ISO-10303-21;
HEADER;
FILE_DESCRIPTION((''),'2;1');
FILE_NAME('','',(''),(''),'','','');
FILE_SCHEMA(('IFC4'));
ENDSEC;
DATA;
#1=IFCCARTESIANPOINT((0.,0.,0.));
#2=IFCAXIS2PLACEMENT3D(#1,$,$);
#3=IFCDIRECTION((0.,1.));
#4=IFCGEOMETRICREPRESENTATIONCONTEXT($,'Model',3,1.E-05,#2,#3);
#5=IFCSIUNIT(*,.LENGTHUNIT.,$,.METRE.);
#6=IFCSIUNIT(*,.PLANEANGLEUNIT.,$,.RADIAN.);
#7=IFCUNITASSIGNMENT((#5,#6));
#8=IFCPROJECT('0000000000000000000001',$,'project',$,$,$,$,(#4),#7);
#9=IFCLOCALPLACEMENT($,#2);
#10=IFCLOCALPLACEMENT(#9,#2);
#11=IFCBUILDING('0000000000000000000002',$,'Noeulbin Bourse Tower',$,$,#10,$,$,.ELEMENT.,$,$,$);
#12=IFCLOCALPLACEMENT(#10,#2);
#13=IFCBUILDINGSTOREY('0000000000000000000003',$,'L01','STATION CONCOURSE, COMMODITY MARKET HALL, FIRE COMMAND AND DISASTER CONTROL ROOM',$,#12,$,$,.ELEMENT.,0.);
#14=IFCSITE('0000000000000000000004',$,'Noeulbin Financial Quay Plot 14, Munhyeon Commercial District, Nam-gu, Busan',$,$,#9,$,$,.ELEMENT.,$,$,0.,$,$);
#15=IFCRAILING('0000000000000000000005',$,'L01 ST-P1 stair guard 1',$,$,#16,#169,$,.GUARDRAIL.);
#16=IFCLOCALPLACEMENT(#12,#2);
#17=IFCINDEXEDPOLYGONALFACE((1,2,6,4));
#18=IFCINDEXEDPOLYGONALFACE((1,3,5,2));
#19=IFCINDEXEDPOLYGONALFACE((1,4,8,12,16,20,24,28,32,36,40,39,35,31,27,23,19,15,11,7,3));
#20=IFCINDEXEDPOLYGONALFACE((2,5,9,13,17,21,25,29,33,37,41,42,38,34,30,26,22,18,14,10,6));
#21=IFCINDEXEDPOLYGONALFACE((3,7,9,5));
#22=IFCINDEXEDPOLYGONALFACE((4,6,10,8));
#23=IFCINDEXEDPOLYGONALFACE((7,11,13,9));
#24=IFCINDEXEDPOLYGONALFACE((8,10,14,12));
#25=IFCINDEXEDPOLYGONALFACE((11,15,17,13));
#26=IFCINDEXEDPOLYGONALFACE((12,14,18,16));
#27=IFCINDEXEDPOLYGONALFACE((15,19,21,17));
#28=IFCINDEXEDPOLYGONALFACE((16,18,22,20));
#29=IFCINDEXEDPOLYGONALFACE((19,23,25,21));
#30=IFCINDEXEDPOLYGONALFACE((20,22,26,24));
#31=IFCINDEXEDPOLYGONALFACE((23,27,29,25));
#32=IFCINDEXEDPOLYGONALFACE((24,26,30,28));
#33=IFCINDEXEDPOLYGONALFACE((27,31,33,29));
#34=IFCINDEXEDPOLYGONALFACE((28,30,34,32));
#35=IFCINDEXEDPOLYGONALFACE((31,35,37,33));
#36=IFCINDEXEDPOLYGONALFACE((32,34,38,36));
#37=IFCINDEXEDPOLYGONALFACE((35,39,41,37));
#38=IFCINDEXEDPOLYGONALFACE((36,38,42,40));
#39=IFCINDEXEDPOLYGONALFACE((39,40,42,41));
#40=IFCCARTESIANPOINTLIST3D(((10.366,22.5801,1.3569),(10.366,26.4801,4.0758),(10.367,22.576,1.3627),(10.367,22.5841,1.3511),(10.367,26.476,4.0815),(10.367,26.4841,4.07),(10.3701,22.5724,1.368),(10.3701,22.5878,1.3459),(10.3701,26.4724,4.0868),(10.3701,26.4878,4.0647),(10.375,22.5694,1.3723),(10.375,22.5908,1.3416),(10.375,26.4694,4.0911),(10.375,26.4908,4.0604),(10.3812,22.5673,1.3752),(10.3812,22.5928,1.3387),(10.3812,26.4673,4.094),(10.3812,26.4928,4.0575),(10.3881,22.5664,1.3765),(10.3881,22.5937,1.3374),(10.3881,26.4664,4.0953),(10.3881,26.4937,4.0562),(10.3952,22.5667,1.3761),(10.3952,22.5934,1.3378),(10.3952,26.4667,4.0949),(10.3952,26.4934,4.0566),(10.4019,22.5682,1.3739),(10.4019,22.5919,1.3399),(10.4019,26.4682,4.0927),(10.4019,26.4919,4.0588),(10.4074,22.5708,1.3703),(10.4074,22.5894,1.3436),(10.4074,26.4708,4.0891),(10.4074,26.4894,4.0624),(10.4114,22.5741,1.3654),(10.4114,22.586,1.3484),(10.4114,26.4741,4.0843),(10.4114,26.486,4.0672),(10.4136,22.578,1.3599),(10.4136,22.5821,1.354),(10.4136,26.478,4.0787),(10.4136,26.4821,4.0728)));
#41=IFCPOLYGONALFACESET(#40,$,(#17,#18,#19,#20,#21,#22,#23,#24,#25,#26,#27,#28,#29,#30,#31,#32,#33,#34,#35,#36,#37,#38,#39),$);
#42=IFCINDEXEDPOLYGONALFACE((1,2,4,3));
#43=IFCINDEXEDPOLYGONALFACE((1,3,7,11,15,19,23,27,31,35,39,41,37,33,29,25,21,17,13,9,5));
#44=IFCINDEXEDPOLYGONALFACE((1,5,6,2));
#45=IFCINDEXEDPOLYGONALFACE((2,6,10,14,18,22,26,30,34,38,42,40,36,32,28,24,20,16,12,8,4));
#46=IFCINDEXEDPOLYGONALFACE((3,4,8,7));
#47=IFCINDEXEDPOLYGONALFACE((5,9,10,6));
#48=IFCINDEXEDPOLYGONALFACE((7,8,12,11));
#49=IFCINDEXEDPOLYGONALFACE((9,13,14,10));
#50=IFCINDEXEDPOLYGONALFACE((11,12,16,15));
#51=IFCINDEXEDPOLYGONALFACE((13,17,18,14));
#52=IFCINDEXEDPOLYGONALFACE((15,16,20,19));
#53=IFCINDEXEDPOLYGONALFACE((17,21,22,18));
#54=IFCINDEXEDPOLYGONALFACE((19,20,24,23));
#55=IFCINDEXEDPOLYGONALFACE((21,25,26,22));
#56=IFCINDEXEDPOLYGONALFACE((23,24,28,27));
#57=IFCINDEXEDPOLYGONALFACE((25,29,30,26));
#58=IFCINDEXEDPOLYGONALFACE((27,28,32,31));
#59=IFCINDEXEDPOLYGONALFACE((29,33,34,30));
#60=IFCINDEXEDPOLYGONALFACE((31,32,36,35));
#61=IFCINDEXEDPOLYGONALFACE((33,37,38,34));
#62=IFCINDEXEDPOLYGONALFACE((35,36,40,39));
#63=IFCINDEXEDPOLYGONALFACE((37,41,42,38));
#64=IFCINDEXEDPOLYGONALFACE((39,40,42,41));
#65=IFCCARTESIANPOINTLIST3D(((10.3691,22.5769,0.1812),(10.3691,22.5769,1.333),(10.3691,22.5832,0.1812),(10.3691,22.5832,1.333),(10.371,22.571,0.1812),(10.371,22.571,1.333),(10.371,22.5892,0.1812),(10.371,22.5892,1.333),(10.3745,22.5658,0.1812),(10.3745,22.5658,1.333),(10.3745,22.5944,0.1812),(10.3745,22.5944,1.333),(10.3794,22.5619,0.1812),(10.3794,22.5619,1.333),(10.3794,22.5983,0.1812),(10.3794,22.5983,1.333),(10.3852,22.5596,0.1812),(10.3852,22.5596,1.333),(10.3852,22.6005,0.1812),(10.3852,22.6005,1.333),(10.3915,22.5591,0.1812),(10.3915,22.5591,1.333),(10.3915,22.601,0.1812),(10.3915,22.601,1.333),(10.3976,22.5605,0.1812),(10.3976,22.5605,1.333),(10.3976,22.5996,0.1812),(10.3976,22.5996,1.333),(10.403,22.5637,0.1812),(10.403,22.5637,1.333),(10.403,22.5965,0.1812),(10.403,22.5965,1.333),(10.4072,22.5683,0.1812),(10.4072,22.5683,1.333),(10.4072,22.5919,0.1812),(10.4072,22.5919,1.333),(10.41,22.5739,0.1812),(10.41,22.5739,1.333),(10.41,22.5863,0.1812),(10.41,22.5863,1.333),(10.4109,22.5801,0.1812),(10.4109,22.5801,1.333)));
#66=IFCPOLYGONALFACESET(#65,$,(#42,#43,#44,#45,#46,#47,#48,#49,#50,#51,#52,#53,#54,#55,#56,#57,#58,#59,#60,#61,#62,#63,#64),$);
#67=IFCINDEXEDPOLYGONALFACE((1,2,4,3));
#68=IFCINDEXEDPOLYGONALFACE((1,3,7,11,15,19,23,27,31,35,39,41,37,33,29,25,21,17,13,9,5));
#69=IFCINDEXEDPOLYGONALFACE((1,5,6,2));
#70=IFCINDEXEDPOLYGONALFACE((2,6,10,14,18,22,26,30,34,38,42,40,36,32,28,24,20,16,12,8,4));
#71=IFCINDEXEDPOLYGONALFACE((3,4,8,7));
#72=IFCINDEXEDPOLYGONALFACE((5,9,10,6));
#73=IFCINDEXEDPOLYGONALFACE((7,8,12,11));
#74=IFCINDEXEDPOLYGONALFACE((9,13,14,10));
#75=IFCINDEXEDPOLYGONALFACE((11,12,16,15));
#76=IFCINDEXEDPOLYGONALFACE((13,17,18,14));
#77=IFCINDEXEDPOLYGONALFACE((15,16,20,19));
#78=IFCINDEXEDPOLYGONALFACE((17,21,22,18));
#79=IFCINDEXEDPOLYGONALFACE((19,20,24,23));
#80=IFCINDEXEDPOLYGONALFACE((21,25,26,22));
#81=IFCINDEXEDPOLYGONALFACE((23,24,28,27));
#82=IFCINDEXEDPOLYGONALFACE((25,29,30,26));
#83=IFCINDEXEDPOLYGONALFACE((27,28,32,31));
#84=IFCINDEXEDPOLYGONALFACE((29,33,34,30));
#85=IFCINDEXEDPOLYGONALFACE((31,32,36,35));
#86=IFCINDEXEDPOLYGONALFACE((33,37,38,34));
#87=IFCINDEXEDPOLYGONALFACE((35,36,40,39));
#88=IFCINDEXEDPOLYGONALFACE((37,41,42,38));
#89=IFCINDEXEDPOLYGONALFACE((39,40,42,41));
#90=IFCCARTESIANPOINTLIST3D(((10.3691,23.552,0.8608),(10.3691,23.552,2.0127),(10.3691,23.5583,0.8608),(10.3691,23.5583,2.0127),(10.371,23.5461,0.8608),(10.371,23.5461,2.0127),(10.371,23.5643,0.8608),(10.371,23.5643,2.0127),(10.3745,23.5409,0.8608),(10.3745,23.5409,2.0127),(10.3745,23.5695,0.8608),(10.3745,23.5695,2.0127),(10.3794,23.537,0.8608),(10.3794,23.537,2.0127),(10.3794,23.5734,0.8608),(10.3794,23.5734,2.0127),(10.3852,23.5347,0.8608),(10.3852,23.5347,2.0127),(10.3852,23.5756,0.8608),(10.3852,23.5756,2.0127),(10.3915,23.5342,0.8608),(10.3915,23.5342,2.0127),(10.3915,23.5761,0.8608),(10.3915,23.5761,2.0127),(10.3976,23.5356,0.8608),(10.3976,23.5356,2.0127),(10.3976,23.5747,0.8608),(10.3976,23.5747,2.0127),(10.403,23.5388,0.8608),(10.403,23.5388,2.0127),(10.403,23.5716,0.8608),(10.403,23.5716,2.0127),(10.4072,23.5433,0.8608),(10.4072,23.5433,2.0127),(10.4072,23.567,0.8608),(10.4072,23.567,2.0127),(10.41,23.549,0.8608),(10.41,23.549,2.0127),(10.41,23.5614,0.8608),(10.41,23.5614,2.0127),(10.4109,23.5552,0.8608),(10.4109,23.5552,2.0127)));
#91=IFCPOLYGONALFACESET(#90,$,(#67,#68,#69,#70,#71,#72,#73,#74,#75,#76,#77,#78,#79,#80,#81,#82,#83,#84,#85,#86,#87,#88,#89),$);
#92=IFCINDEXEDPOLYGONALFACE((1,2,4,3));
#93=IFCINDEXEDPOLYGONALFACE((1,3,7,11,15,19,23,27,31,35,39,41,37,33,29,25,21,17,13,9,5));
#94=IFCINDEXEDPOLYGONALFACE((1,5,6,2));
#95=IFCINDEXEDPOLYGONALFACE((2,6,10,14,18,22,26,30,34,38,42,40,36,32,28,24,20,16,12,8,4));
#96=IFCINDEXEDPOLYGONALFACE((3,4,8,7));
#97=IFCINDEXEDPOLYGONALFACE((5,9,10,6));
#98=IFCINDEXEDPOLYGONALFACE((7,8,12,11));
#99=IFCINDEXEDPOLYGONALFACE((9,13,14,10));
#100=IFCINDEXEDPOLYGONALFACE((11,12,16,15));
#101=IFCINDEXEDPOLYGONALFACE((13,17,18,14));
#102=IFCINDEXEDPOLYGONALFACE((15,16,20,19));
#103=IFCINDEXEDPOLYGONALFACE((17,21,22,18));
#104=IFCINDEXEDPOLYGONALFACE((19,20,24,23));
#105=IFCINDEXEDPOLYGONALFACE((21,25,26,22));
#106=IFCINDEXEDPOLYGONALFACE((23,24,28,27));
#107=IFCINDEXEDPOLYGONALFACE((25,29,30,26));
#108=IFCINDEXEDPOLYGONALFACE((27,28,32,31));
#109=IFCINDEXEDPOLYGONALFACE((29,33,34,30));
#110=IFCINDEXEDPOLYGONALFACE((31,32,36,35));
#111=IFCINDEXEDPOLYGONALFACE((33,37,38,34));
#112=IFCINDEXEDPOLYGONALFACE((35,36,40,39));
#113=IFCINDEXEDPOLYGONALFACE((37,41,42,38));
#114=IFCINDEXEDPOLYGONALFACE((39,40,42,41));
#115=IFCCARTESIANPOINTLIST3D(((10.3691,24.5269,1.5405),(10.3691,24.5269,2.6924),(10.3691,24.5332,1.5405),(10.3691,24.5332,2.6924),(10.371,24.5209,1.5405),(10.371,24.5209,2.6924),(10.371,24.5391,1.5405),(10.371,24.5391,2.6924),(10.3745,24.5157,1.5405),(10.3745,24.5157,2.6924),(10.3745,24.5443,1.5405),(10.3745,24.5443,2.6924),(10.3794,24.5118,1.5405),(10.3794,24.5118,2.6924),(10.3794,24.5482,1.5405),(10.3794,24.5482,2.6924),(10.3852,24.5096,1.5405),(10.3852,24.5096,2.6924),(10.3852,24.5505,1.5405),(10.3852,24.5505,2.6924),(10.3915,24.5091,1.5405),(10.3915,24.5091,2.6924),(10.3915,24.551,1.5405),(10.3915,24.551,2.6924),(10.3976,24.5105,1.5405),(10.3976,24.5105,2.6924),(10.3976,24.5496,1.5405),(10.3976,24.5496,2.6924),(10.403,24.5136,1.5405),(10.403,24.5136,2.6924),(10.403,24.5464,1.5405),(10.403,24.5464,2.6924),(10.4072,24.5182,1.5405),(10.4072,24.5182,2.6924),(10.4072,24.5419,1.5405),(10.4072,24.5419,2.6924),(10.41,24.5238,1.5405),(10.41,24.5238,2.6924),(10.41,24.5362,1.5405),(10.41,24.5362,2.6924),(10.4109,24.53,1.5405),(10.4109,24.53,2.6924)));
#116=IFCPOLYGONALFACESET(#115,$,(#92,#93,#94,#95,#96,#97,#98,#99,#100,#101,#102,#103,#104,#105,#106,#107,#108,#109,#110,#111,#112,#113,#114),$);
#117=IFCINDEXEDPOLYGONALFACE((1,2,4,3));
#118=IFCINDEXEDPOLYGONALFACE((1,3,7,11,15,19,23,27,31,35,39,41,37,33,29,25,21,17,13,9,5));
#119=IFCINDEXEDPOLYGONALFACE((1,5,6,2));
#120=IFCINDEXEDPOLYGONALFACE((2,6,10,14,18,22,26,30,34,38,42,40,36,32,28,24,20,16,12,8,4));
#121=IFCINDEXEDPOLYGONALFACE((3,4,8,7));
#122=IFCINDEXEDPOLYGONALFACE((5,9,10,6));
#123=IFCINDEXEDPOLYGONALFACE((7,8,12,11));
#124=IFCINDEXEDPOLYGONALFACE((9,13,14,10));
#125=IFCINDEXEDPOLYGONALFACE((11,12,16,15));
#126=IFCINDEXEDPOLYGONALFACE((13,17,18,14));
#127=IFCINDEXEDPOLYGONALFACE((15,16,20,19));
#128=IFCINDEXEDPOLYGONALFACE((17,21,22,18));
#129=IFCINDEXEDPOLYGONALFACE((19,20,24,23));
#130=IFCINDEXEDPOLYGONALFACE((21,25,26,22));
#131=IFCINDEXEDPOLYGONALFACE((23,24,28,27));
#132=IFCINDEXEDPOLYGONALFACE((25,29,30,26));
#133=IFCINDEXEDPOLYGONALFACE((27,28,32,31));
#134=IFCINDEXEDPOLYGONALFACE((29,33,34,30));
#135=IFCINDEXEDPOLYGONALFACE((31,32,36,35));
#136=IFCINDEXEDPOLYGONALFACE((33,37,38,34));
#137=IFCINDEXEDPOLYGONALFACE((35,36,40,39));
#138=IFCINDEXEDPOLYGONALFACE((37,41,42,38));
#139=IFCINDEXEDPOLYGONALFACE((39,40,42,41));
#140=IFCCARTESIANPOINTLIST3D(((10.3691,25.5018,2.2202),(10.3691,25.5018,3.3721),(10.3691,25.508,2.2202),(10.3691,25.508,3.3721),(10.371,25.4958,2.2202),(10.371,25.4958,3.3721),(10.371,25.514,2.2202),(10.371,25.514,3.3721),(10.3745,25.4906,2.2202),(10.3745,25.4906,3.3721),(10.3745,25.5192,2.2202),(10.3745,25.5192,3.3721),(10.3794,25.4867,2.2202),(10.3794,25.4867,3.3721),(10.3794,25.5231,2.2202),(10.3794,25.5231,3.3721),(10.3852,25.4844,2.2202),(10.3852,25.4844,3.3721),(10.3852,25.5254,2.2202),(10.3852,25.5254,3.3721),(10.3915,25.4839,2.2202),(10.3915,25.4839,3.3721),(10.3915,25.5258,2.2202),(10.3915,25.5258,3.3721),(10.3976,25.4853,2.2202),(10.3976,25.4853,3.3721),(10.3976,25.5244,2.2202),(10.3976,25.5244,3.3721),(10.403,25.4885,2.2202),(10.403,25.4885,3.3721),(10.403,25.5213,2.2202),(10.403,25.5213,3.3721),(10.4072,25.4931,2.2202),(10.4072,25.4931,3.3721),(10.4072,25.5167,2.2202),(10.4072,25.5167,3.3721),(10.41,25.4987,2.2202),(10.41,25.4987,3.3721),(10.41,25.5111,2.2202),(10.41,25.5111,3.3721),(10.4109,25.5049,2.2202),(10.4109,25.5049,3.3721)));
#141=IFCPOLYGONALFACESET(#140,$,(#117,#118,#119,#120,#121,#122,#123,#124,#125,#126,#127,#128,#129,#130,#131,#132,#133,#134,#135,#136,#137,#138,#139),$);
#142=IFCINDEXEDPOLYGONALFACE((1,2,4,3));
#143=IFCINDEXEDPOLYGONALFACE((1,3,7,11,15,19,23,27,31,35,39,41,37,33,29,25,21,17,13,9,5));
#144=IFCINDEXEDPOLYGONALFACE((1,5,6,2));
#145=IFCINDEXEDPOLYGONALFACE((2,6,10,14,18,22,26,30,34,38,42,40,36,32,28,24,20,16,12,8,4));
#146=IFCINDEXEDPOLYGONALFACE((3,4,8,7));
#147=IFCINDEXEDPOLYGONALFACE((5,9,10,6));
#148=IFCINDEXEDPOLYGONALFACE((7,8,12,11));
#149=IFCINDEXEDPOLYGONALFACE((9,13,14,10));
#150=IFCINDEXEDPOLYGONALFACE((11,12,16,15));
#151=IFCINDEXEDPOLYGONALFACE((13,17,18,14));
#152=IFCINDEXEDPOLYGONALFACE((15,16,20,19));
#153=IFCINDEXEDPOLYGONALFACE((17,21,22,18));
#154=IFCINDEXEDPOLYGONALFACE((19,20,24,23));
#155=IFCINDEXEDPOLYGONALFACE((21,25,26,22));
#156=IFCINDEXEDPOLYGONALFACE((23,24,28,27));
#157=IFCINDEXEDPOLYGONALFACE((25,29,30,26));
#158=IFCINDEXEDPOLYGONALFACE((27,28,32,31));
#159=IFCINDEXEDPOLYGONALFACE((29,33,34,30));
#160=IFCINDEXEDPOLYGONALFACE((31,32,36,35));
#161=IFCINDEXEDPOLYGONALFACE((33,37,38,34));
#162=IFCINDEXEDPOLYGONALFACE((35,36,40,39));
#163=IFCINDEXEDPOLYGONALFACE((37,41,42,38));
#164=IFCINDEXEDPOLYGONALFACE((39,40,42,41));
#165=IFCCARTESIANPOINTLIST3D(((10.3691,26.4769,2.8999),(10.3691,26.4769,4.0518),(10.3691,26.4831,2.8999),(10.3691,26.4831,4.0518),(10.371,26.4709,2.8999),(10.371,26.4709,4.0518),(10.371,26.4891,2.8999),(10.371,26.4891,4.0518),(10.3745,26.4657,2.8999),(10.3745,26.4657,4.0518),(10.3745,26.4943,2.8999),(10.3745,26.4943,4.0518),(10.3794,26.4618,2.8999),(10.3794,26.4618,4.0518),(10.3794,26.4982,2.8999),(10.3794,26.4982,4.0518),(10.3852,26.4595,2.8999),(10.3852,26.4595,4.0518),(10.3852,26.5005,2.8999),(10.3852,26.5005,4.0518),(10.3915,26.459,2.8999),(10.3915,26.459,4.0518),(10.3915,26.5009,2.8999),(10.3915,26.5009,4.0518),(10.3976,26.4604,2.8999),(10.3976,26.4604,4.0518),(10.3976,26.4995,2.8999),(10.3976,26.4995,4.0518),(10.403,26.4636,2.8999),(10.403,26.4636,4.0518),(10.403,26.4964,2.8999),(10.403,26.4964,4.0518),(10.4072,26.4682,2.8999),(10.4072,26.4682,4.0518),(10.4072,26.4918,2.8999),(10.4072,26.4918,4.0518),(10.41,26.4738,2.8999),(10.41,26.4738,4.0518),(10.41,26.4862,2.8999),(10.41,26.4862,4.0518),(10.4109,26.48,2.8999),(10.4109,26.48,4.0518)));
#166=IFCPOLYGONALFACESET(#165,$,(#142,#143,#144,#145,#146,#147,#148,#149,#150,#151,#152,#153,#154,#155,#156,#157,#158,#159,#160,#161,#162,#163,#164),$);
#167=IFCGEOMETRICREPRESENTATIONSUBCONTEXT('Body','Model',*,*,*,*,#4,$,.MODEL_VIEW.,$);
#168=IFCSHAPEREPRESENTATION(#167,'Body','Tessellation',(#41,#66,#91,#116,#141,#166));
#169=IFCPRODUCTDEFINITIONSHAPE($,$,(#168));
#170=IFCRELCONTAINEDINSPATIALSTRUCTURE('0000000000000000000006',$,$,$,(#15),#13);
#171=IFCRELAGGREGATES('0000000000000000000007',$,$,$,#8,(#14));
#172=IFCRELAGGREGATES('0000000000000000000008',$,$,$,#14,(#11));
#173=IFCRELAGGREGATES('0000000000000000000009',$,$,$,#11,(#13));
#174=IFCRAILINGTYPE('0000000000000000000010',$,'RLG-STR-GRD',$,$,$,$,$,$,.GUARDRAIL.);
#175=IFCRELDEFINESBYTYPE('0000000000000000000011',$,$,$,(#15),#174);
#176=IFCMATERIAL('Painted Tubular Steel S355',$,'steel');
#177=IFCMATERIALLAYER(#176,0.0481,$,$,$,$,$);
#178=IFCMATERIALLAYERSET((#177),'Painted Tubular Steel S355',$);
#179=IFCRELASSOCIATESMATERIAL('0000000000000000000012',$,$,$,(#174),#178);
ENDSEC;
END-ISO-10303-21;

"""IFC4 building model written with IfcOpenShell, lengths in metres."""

from ifc_helpers import new_model, si_unit, direction, frame, origin, origin_2d, place, context, subcontext, project, spatial, circle, extrude, material, layer, layer_set, type_object, element, save


model = new_model("IFC4")

# Units and contexts
model_context = context("Model", 3, precision=1e-05, world=origin(), true_north=direction((0.0, 1.0)))
body_context = subcontext(model_context, "Body", "Model", "MODEL_VIEW")
ifc_project = project(units=[si_unit("LENGTHUNIT", "METRE"), si_unit("PLANEANGLEUNIT", "RADIAN")], contexts=[model_context])

# Site, building, storey
site_placement = place(None, origin())
site = spatial("IfcSite", under=ifc_project, at=site_placement, Name="Noeulbin Financial Quay Plot 14, Munhyeon Commercial District, Nam-gu, Busan", CompositionType="ELEMENT", RefElevation=0.0)
building_placement = place(site_placement, origin())
building = spatial("IfcBuilding", under=site, at=building_placement, Name="Noeulbin Bourse Tower", CompositionType="ELEMENT")
storey_placement = place(building_placement, origin())
storey = spatial("IfcBuildingStorey", under=building, at=storey_placement, Name="L01", Description="STATION CONCOURSE, COMMODITY MARKET HALL, FIRE COMMAND AND DISASTER CONTROL ROOM", CompositionType="ELEMENT", Elevation=0.0)

# Railing
ifc_material_1 = material(Name="Painted Tubular Steel S355", Category="steel")
ifc_layer_1 = layer(ifc_material_1, 0.0481)
ifc_layer_set_1 = layer_set([ifc_layer_1], Name="Painted Tubular Steel S355")
railing_type_1 = type_object("IfcRailingType", Name="RLG-STR-GRD", PredefinedType="GUARDRAIL", material=ifc_layer_set_1)
railing_1_placement = place(storey_placement, frame((10.3899, 22.5801, 0.1812)))
element("IfcRailing", 1, at=railing_1_placement, inside=storey, type_object=railing_type_1, Name="L01 ST-P1 stair guard 1", PredefinedType="GUARDRAIL", context=body_context, shape_type="SweptSolid", body=[
    extrude(circle(Radius=0.0239, at=origin_2d()), frame((0.0, 0.0, 1.1758), z_axis=(0.0, 0.820335, 0.571883), x_axis=(-1.0, 0.0, 0.0)), (0.0, 0.0, 1.0), 4.7542),
    extrude(circle(Radius=0.021, at=origin_2d()), origin(), (0.0, 0.0, 1.0), 1.1519),
    extrude(circle(Radius=0.021, at=origin_2d()), frame((0.0, 0.9751, 0.6797)), (0.0, 0.0, 1.0), 1.1519),
    extrude(circle(Radius=0.021, at=origin_2d()), frame((0.0, 1.95, 1.3594)), (0.0, 0.0, 1.0), 1.1519),
    extrude(circle(Radius=0.021, at=origin_2d()), frame((0.0, 2.9248, 2.0391)), (0.0, 0.0, 1.0), 1.1519),
    extrude(circle(Radius=0.021, at=origin_2d()), frame((0.0, 3.8999, 2.7188)), (0.0, 0.0, 1.0), 1.1519),
])

save(model, "model.ifc")
